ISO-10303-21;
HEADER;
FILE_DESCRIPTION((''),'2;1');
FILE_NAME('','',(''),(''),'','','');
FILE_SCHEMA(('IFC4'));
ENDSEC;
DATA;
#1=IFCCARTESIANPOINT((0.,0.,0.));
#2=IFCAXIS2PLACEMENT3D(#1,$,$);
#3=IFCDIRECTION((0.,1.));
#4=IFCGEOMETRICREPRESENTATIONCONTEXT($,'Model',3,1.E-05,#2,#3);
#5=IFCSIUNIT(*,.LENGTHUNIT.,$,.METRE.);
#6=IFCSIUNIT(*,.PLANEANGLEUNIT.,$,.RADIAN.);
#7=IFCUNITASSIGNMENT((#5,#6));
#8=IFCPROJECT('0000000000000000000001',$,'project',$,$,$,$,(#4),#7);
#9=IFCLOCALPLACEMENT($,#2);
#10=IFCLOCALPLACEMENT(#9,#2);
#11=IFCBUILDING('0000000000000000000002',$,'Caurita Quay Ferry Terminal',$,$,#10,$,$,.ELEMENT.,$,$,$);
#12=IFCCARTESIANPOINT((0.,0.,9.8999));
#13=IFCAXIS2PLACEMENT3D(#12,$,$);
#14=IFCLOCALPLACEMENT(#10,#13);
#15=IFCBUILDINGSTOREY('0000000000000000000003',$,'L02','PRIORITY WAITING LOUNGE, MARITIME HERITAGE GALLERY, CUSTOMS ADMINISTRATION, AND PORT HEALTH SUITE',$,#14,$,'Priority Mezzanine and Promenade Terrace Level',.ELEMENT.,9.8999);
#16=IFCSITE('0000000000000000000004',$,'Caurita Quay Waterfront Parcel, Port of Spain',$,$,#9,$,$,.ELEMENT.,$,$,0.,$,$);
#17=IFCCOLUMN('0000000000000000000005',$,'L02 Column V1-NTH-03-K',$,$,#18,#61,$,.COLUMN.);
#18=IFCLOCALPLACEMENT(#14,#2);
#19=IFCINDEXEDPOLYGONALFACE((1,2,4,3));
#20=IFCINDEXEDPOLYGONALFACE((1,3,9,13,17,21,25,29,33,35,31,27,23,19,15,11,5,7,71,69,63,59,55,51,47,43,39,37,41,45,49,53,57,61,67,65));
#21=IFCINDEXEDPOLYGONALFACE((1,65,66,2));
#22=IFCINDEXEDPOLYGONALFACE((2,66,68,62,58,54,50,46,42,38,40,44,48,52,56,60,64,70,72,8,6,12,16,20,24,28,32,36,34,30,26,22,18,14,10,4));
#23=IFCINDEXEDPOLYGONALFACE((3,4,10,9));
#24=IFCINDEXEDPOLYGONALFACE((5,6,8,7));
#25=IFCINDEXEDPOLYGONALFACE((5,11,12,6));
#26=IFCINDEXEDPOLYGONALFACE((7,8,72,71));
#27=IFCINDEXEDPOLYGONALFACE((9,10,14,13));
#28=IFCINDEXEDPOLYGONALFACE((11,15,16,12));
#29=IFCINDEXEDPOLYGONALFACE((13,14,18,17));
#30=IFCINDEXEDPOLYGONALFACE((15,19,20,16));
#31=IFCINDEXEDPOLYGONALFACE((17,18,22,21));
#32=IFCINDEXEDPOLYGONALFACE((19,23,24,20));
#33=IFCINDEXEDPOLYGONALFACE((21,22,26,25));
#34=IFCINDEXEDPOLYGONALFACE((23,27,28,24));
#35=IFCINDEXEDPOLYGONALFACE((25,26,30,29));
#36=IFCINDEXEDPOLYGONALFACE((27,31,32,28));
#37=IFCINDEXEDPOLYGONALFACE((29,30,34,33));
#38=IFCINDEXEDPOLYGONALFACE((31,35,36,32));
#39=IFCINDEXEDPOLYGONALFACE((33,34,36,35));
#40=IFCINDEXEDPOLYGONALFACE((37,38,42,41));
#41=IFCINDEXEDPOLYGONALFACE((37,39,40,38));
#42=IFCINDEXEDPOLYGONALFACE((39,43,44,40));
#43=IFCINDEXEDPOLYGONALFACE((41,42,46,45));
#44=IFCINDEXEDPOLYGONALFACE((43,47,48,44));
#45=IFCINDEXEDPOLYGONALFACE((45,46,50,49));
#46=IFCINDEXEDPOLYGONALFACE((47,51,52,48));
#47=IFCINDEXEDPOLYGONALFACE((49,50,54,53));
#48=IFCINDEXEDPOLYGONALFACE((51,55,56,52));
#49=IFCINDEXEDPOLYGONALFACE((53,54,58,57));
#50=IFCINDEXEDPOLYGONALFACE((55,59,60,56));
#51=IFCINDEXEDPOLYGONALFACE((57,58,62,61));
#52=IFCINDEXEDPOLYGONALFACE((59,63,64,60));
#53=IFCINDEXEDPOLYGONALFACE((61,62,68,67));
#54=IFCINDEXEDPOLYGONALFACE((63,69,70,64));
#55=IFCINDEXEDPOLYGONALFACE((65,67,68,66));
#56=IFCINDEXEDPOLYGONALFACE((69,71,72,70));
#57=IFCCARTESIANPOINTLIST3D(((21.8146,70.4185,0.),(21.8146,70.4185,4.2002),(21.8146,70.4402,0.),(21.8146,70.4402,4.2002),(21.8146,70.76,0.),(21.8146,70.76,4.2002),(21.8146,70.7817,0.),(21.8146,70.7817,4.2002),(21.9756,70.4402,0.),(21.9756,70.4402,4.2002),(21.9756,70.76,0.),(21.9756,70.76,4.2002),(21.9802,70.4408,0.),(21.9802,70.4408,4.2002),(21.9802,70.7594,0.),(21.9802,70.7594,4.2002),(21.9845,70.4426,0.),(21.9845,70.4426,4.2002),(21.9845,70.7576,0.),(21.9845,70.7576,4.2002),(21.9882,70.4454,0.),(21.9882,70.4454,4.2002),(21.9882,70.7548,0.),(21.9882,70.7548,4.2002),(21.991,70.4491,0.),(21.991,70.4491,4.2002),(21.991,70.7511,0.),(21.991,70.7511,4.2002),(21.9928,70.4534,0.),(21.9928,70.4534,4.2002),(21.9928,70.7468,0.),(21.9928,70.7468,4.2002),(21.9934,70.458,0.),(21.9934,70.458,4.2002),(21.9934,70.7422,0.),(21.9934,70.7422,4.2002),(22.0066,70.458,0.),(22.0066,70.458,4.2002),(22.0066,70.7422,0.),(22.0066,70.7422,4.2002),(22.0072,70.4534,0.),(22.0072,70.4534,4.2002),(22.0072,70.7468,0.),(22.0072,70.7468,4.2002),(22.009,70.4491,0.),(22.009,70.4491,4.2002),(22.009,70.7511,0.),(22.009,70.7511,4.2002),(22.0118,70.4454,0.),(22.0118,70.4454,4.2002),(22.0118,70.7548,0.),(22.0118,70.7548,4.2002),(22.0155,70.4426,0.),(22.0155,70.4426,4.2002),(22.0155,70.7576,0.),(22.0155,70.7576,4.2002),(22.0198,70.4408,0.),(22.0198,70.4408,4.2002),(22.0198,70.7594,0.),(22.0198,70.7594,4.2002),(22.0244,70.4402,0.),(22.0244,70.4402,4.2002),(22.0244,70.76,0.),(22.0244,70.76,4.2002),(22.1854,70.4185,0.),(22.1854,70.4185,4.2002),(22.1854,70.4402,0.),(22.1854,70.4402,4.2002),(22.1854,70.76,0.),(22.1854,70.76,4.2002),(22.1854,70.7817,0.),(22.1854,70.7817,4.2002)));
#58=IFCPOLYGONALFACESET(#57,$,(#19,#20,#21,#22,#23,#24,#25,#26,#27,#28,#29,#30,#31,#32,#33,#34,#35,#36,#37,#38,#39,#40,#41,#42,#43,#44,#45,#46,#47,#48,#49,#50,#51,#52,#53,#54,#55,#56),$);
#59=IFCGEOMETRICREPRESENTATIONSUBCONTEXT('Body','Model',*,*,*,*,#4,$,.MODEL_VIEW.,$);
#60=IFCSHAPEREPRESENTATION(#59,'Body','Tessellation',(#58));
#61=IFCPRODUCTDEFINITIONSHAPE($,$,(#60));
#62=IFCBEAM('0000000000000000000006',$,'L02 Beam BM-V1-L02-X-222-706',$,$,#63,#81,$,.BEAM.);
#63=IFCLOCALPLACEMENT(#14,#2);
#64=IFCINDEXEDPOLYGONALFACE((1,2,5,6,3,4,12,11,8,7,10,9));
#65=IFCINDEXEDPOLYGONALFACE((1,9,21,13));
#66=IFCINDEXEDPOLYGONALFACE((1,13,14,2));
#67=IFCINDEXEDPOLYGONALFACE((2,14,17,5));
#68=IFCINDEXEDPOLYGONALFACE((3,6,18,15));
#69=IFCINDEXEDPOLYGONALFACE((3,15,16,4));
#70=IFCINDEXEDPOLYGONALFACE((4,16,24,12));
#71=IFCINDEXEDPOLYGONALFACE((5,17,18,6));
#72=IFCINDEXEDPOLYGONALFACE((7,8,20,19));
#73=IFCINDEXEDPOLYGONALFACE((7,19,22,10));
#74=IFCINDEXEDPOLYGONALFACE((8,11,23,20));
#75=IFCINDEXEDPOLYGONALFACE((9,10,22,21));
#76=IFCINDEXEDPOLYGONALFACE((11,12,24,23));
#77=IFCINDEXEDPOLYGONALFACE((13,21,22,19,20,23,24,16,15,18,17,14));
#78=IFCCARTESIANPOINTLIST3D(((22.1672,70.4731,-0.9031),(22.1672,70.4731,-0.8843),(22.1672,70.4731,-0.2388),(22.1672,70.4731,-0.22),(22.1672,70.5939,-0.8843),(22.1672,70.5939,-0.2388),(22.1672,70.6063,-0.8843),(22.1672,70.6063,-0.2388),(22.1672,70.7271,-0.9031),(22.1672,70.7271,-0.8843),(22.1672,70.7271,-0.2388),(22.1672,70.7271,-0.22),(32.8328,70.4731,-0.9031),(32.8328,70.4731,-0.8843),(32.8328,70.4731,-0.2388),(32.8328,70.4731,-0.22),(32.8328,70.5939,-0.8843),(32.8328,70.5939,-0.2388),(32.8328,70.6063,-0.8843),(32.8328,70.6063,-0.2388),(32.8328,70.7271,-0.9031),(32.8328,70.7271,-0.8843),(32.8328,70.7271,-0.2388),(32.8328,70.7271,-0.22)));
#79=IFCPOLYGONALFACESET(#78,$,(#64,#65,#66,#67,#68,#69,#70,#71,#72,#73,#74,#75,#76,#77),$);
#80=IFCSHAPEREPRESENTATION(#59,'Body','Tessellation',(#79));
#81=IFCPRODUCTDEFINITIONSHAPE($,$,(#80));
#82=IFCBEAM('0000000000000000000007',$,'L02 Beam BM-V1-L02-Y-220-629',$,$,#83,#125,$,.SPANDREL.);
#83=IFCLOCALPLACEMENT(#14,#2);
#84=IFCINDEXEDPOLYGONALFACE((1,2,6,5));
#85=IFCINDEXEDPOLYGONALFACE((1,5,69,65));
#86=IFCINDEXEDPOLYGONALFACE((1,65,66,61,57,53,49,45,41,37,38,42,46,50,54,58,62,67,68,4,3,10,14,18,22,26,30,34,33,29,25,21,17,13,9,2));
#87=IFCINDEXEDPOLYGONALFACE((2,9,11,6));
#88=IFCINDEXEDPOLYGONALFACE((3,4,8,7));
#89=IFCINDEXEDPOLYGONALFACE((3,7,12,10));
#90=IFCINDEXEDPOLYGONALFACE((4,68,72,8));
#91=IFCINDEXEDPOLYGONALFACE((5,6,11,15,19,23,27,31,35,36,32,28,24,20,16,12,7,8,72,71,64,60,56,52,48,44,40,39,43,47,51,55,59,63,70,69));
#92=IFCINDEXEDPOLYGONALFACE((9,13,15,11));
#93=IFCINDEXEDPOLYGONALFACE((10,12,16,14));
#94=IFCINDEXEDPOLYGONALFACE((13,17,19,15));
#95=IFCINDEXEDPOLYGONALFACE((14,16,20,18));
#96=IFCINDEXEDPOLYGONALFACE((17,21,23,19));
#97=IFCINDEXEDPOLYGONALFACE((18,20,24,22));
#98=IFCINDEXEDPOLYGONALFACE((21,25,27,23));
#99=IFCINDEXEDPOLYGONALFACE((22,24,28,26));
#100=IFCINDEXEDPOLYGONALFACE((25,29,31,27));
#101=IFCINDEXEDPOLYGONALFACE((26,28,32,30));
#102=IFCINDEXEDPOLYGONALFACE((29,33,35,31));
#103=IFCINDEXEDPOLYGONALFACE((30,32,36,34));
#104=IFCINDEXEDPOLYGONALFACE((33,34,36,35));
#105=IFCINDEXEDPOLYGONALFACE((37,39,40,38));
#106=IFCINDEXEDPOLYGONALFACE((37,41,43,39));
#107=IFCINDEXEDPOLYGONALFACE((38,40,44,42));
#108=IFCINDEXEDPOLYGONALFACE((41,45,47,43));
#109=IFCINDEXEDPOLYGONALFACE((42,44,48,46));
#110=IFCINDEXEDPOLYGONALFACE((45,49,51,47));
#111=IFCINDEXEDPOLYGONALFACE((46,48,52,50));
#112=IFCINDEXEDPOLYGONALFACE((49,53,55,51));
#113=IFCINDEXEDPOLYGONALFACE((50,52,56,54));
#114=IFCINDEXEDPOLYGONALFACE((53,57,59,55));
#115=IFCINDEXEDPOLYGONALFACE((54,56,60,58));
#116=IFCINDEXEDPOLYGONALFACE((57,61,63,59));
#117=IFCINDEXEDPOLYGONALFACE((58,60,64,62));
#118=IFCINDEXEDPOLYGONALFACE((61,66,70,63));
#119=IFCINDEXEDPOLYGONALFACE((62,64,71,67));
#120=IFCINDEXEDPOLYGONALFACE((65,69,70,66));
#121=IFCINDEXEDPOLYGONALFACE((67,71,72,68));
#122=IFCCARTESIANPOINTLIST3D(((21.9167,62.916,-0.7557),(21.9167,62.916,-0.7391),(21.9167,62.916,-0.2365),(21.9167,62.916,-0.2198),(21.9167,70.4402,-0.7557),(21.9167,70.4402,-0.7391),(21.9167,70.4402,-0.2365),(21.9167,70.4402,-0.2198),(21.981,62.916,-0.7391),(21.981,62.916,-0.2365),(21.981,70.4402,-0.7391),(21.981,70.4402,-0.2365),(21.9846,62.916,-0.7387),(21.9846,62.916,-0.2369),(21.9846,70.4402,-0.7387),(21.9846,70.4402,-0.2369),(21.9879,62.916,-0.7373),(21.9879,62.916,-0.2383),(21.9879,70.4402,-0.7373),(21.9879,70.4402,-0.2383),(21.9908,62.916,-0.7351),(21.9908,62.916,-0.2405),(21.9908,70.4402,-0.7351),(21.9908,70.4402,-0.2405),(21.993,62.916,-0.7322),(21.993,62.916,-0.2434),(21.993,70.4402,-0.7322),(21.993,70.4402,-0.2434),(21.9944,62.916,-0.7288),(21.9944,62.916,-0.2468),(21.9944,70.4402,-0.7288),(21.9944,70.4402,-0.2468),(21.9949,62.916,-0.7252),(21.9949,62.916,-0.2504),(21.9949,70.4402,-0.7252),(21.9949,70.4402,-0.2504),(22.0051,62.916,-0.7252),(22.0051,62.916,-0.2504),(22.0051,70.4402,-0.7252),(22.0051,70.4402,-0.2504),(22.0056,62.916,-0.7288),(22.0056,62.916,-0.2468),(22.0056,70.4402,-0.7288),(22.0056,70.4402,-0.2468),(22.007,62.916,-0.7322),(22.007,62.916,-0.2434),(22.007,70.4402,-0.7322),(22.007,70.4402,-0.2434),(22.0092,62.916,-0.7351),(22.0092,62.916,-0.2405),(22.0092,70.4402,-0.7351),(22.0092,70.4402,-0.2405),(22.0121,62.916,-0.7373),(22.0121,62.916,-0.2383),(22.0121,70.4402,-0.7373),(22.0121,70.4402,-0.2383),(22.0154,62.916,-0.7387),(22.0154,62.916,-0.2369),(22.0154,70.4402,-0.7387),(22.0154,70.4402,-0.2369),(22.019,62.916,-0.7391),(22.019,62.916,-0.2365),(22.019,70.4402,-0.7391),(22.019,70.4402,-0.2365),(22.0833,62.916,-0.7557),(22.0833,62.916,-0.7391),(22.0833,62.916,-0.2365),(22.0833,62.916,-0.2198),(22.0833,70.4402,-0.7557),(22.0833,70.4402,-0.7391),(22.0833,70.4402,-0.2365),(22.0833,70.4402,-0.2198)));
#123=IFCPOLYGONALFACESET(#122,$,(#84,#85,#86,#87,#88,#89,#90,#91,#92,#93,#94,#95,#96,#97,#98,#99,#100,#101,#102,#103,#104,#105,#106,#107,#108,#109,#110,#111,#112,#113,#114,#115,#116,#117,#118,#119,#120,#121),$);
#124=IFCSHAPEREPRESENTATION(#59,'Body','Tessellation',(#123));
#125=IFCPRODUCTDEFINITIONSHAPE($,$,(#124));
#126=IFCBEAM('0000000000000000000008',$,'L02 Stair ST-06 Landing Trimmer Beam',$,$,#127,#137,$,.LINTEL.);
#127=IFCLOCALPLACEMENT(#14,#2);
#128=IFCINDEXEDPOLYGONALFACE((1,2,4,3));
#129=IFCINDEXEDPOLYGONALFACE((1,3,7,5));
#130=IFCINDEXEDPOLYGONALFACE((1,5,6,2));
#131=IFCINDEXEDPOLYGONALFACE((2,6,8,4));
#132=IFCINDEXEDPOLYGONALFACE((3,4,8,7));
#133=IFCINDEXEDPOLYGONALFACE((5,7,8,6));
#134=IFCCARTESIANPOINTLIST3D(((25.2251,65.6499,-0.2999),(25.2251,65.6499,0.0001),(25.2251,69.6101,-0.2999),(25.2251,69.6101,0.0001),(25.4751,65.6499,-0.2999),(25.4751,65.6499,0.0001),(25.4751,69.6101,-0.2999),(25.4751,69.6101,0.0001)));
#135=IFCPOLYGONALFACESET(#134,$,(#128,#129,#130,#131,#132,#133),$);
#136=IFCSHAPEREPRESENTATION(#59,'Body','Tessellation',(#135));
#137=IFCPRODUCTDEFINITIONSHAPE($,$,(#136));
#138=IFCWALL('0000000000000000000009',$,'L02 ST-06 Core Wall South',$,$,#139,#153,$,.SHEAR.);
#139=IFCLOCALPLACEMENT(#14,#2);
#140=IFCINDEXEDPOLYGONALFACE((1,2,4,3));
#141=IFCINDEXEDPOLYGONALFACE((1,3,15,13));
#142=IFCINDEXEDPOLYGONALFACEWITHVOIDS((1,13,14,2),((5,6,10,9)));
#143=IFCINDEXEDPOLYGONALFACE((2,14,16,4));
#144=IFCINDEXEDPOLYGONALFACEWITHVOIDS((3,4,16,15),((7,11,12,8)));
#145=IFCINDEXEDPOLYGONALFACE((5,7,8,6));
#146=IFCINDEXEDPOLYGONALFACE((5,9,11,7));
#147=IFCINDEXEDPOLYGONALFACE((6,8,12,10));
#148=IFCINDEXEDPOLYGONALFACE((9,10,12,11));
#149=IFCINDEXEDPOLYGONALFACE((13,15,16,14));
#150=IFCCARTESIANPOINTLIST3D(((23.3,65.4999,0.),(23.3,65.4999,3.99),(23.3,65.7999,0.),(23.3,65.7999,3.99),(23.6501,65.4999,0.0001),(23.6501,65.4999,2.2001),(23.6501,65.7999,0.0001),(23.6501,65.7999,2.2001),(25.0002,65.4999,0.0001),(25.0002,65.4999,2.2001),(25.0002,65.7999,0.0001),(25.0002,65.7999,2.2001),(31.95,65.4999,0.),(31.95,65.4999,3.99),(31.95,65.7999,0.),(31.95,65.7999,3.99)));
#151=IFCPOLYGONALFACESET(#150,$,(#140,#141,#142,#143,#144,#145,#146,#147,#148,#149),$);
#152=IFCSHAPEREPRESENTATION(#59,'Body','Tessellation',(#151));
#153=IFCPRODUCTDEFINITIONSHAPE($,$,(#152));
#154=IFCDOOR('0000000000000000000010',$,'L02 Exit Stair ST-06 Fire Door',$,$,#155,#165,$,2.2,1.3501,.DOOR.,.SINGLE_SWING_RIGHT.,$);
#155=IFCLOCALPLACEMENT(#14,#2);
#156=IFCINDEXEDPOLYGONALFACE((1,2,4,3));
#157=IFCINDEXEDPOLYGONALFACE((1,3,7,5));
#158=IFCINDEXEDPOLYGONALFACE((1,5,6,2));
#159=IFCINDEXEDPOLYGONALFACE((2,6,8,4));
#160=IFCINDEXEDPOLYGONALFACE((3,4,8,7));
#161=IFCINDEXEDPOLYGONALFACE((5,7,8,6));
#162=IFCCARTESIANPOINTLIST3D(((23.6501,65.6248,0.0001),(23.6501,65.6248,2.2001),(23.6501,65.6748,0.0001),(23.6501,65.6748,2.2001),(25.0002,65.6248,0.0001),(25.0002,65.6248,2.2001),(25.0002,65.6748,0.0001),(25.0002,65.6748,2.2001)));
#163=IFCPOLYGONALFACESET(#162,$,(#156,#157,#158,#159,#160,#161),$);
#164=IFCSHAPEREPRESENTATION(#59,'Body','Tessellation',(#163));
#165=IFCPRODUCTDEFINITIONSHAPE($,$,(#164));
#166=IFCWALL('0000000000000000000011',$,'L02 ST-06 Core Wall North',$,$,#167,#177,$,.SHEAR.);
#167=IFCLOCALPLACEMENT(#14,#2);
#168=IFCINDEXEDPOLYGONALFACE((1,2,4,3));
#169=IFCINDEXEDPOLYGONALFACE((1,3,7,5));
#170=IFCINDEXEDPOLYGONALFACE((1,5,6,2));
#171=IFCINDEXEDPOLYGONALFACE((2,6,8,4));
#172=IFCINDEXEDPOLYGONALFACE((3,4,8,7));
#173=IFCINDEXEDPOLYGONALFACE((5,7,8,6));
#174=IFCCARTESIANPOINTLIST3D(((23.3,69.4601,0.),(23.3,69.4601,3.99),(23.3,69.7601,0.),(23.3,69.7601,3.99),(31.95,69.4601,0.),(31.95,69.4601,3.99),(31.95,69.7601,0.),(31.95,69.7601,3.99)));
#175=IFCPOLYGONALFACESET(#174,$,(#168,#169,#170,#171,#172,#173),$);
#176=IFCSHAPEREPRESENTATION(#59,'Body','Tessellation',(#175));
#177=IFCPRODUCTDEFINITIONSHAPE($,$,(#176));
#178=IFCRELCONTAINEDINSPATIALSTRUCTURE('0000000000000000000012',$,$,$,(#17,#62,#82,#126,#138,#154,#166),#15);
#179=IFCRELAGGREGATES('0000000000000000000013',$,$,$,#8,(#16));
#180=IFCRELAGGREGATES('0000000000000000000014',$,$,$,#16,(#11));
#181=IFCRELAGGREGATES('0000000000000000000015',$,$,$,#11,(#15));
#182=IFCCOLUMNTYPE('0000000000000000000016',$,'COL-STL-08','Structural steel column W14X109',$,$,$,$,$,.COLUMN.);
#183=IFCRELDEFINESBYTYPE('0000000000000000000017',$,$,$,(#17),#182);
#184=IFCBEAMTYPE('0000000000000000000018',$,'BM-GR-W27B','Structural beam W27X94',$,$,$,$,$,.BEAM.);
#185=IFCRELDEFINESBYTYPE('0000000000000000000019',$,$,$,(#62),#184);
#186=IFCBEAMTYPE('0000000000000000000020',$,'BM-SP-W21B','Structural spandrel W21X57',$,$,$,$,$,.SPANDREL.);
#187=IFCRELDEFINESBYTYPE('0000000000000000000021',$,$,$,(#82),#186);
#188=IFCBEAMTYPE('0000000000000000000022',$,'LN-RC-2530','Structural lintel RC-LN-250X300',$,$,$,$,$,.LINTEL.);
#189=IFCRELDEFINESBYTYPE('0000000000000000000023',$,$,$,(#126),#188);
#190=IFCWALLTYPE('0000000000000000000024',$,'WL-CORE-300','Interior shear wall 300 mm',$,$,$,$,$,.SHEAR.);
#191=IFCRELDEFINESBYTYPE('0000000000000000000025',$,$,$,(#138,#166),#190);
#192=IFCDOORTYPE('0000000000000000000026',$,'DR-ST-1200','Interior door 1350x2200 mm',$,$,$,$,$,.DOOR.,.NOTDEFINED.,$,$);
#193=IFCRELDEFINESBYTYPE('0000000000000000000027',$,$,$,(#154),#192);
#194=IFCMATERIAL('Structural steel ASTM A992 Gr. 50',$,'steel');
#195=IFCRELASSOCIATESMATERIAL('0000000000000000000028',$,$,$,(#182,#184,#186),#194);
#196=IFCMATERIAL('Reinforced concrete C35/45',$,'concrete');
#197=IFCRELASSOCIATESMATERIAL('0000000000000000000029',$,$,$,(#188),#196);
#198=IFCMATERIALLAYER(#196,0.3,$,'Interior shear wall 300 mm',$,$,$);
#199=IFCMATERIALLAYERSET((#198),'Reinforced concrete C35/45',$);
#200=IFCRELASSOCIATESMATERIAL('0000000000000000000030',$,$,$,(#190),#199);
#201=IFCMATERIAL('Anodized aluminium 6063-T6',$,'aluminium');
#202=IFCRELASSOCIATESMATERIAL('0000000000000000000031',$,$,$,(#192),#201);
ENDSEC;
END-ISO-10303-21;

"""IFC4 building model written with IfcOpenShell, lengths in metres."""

from ifc_helpers import new_model, si_unit, direction, frame, frame_2d, origin, origin_2d, place, context, subcontext, project, spatial, rectangle, i_section, extrude, material, layer, layer_set, material_profile, profile_set, type_object, element, fill, save


model = new_model("IFC4")

# Units and contexts
model_context = context("Model", 3, precision=1e-05, world=origin(), true_north=direction((0.0, 1.0)))
body_context = subcontext(model_context, "Body", "Model", "MODEL_VIEW")
ifc_project = project(units=[si_unit("LENGTHUNIT", "METRE"), si_unit("PLANEANGLEUNIT", "RADIAN")], contexts=[model_context])

# Site, building, storey
site_placement = place(None, origin())
site = spatial("IfcSite", under=ifc_project, at=site_placement, Name="Caurita Quay Waterfront Parcel, Port of Spain", CompositionType="ELEMENT", RefElevation=0.0)
building_placement = place(site_placement, origin())
building = spatial("IfcBuilding", under=site, at=building_placement, Name="Caurita Quay Ferry Terminal", CompositionType="ELEMENT")
storey_placement = place(building_placement, frame((0.0, 0.0, 9.8999)))
storey = spatial("IfcBuildingStorey", under=building, at=storey_placement, Name="L02", Description="PRIORITY WAITING LOUNGE, MARITIME HERITAGE GALLERY, CUSTOMS ADMINISTRATION, AND PORT HEALTH SUITE", LongName="Priority Mezzanine and Promenade Terrace Level", CompositionType="ELEMENT", Elevation=9.8999)

# Column
ifc_material_1 = material(Name="Structural steel ASTM A992 Gr. 50", Category="steel")
ifc_material_profile_1 = material_profile(ifc_material_1, i_section(OverallWidth=0.3708, OverallDepth=0.3633, WebThickness=0.0132, FlangeThickness=0.0217, FilletRadius=0.0178, at=origin_2d()), Name="W14X109")
ifc_profile_set_1 = profile_set([ifc_material_profile_1], Name="Structural steel ASTM A992 Gr. 50")
column_type = type_object("IfcColumnType", Name="COL-STL-08", Description="Structural steel column W14X109", PredefinedType="COLUMN", material=ifc_profile_set_1)
column_placement = place(storey_placement, frame((22.0, 70.6001, 0.0), z_axis=(0.0, 0.0, 1.0), x_axis=(1.0, 0.0, 0.0)))
element("IfcColumn", 1, at=column_placement, inside=storey, type_object=column_type, Name="L02 Column V1-NTH-03-K", PredefinedType="COLUMN", context=body_context, shape_type="SweptSolid", body=[
    extrude(i_section(OverallWidth=0.3708, OverallDepth=0.3633, WebThickness=0.0132, FlangeThickness=0.0217, FilletRadius=0.0178, at=origin_2d()), origin(), (0.0, 0.0, 1.0), 4.2002),
])

# Beams
ifc_material_profile_2 = material_profile(ifc_material_1, i_section(OverallWidth=0.2539, OverallDepth=0.6831, WebThickness=0.0125, FlangeThickness=0.0188, at=origin_2d()), Name="W27X94")
ifc_profile_set_2 = profile_set([ifc_material_profile_2], Name="Structural steel ASTM A992 Gr. 50")
beam_type_1 = type_object("IfcBeamType", Name="BM-GR-W27B", Description="Structural beam W27X94", PredefinedType="BEAM", material=ifc_profile_set_2)
beam_1_placement = place(storey_placement, frame((22.1672, 70.6001, -0.5615), z_axis=(1.0, 0.0, 0.0), x_axis=(0.0, 1.0, 0.0)))
element("IfcBeam", 2, at=beam_1_placement, inside=storey, type_object=beam_type_1, Name="L02 Beam BM-V1-L02-X-222-706", PredefinedType="BEAM", context=body_context, shape_type="SweptSolid", body=[
    extrude(i_section(OverallWidth=0.2539, OverallDepth=0.6831, WebThickness=0.0125, FlangeThickness=0.0188, at=origin_2d()), origin(), (0.0, 0.0, 1.0), 10.6655),
])
ifc_material_profile_3 = material_profile(ifc_material_1, i_section(OverallWidth=0.1665, OverallDepth=0.5359, WebThickness=0.0103, FlangeThickness=0.0166, FilletRadius=0.0139, at=origin_2d()), Name="W21X57")
ifc_profile_set_3 = profile_set([ifc_material_profile_3], Name="Structural steel ASTM A992 Gr. 50")
beam_type_2 = type_object("IfcBeamType", Name="BM-SP-W21B", Description="Structural spandrel W21X57", PredefinedType="SPANDREL", material=ifc_profile_set_3)
beam_2_placement = place(storey_placement, frame((22.0, 62.916, -0.4878), z_axis=(0.0, 1.0, 0.0), x_axis=(-1.0, 0.0, 0.0)))
element("IfcBeam", 3, at=beam_2_placement, inside=storey, type_object=beam_type_2, Name="L02 Beam BM-V1-L02-Y-220-629", PredefinedType="SPANDREL", context=body_context, shape_type="SweptSolid", body=[
    extrude(i_section(OverallWidth=0.1665, OverallDepth=0.5359, WebThickness=0.0103, FlangeThickness=0.0166, FilletRadius=0.0139, at=origin_2d()), origin(), (0.0, 0.0, 1.0), 7.5242),
])
ifc_material_2 = material(Name="Reinforced concrete C35/45", Category="concrete")
ifc_material_profile_4 = material_profile(ifc_material_2, rectangle(XDim=0.25, YDim=0.3, at=origin_2d()), Name="RC-LN-250X300")
ifc_profile_set_4 = profile_set([ifc_material_profile_4], Name="Reinforced concrete C35/45")
beam_type_3 = type_object("IfcBeamType", Name="LN-RC-2530", Description="Structural lintel RC-LN-250X300", PredefinedType="LINTEL", material=ifc_profile_set_4)
beam_3_placement = place(storey_placement, frame((25.3501, 65.6499, -0.1499), z_axis=(0.0, 1.0, 0.0), x_axis=(-1.0, 0.0, 0.0)))
element("IfcBeam", 4, at=beam_3_placement, inside=storey, type_object=beam_type_3, Name="L02 Stair ST-06 Landing Trimmer Beam", PredefinedType="LINTEL", context=body_context, shape_type="SweptSolid", body=[
    extrude(rectangle(XDim=0.25, YDim=0.3, at=origin_2d()), origin(), (0.0, 0.0, 1.0), 3.9602),
])

# Wall, opening, door
ifc_layer_1 = layer(ifc_material_2, 0.3, Name="Interior shear wall 300 mm")
ifc_layer_set_1 = layer_set([ifc_layer_1], Name="Reinforced concrete C35/45")
wall_type_1 = type_object("IfcWallType", Name="WL-CORE-300", Description="Interior shear wall 300 mm", PredefinedType="SHEAR", material=ifc_layer_set_1)
wall_1_placement = place(storey_placement, frame((23.3, 65.6499, 0.0), z_axis=(0.0, 0.0, 1.0), x_axis=(1.0, 0.0, 0.0)))
wall_1 = element("IfcWall", 5, at=wall_1_placement, inside=storey, type_object=wall_type_1, Name="L02 ST-06 Core Wall South", PredefinedType="SHEAR", context=body_context, shape_type="SweptSolid", body=[
    extrude(rectangle(XDim=8.6499, YDim=0.3, at=frame_2d((4.325, 0.0))), origin(), (0.0, 0.0, 1.0), 3.99),
])
opening_1_placement = place(wall_1_placement, frame((0.3501, 0.0, 0.0)))
opening_1 = element("IfcOpeningElement", 6, at=opening_1_placement, cuts=wall_1, PredefinedType="OPENING", context=body_context, shape_type="SweptSolid", body=[
    extrude(rectangle(XDim=1.3501, YDim=2.2, at=frame_2d((0.675, 1.1001))), frame((0.0, 0.1599, 0.0), z_axis=(0.0, -1.0, 0.0), x_axis=(1.0, 0.0, 0.0)), (0.0, 0.0, 1.0), 0.3201),
])
ifc_material_3 = material(Name="Anodized aluminium 6063-T6", Category="aluminium")
door_type_1 = type_object("IfcDoorType", Name="DR-ST-1200", Description="Interior door 1350x2200 mm", OperationType="NOTDEFINED", PredefinedType="DOOR", material=ifc_material_3)
door_1_placement = place(opening_1_placement, origin())
door_1 = element("IfcDoor", 7, at=door_1_placement, inside=storey, type_object=door_type_1, Name="L02 Exit Stair ST-06 Fire Door", OperationType="SINGLE_SWING_RIGHT", OverallHeight=2.2, OverallWidth=1.3501, PredefinedType="DOOR", context=body_context, shape_type="SweptSolid", body=[
    extrude(rectangle(XDim=1.3501, YDim=2.2, at=frame_2d((0.675, 1.1001))), frame((0.0, 0.0249, 0.0), z_axis=(0.0, -1.0, 0.0), x_axis=(1.0, 0.0, 0.0)), (0.0, 0.0, 1.0), 0.05),
])
fill(opening_1, door_1)

# Wall
wall_2_placement = place(storey_placement, frame((31.95, 69.6101, 0.0), z_axis=(0.0, 0.0, 1.0), x_axis=(-1.0, 0.0, 0.0)))
element("IfcWall", 8, at=wall_2_placement, inside=storey, type_object=wall_type_1, Name="L02 ST-06 Core Wall North", PredefinedType="SHEAR", context=body_context, shape_type="SweptSolid", body=[
    extrude(rectangle(XDim=8.6499, YDim=0.3, at=frame_2d((4.325, 0.0))), origin(), (0.0, 0.0, 1.0), 3.99),
])

save(model, "model.ifc")
